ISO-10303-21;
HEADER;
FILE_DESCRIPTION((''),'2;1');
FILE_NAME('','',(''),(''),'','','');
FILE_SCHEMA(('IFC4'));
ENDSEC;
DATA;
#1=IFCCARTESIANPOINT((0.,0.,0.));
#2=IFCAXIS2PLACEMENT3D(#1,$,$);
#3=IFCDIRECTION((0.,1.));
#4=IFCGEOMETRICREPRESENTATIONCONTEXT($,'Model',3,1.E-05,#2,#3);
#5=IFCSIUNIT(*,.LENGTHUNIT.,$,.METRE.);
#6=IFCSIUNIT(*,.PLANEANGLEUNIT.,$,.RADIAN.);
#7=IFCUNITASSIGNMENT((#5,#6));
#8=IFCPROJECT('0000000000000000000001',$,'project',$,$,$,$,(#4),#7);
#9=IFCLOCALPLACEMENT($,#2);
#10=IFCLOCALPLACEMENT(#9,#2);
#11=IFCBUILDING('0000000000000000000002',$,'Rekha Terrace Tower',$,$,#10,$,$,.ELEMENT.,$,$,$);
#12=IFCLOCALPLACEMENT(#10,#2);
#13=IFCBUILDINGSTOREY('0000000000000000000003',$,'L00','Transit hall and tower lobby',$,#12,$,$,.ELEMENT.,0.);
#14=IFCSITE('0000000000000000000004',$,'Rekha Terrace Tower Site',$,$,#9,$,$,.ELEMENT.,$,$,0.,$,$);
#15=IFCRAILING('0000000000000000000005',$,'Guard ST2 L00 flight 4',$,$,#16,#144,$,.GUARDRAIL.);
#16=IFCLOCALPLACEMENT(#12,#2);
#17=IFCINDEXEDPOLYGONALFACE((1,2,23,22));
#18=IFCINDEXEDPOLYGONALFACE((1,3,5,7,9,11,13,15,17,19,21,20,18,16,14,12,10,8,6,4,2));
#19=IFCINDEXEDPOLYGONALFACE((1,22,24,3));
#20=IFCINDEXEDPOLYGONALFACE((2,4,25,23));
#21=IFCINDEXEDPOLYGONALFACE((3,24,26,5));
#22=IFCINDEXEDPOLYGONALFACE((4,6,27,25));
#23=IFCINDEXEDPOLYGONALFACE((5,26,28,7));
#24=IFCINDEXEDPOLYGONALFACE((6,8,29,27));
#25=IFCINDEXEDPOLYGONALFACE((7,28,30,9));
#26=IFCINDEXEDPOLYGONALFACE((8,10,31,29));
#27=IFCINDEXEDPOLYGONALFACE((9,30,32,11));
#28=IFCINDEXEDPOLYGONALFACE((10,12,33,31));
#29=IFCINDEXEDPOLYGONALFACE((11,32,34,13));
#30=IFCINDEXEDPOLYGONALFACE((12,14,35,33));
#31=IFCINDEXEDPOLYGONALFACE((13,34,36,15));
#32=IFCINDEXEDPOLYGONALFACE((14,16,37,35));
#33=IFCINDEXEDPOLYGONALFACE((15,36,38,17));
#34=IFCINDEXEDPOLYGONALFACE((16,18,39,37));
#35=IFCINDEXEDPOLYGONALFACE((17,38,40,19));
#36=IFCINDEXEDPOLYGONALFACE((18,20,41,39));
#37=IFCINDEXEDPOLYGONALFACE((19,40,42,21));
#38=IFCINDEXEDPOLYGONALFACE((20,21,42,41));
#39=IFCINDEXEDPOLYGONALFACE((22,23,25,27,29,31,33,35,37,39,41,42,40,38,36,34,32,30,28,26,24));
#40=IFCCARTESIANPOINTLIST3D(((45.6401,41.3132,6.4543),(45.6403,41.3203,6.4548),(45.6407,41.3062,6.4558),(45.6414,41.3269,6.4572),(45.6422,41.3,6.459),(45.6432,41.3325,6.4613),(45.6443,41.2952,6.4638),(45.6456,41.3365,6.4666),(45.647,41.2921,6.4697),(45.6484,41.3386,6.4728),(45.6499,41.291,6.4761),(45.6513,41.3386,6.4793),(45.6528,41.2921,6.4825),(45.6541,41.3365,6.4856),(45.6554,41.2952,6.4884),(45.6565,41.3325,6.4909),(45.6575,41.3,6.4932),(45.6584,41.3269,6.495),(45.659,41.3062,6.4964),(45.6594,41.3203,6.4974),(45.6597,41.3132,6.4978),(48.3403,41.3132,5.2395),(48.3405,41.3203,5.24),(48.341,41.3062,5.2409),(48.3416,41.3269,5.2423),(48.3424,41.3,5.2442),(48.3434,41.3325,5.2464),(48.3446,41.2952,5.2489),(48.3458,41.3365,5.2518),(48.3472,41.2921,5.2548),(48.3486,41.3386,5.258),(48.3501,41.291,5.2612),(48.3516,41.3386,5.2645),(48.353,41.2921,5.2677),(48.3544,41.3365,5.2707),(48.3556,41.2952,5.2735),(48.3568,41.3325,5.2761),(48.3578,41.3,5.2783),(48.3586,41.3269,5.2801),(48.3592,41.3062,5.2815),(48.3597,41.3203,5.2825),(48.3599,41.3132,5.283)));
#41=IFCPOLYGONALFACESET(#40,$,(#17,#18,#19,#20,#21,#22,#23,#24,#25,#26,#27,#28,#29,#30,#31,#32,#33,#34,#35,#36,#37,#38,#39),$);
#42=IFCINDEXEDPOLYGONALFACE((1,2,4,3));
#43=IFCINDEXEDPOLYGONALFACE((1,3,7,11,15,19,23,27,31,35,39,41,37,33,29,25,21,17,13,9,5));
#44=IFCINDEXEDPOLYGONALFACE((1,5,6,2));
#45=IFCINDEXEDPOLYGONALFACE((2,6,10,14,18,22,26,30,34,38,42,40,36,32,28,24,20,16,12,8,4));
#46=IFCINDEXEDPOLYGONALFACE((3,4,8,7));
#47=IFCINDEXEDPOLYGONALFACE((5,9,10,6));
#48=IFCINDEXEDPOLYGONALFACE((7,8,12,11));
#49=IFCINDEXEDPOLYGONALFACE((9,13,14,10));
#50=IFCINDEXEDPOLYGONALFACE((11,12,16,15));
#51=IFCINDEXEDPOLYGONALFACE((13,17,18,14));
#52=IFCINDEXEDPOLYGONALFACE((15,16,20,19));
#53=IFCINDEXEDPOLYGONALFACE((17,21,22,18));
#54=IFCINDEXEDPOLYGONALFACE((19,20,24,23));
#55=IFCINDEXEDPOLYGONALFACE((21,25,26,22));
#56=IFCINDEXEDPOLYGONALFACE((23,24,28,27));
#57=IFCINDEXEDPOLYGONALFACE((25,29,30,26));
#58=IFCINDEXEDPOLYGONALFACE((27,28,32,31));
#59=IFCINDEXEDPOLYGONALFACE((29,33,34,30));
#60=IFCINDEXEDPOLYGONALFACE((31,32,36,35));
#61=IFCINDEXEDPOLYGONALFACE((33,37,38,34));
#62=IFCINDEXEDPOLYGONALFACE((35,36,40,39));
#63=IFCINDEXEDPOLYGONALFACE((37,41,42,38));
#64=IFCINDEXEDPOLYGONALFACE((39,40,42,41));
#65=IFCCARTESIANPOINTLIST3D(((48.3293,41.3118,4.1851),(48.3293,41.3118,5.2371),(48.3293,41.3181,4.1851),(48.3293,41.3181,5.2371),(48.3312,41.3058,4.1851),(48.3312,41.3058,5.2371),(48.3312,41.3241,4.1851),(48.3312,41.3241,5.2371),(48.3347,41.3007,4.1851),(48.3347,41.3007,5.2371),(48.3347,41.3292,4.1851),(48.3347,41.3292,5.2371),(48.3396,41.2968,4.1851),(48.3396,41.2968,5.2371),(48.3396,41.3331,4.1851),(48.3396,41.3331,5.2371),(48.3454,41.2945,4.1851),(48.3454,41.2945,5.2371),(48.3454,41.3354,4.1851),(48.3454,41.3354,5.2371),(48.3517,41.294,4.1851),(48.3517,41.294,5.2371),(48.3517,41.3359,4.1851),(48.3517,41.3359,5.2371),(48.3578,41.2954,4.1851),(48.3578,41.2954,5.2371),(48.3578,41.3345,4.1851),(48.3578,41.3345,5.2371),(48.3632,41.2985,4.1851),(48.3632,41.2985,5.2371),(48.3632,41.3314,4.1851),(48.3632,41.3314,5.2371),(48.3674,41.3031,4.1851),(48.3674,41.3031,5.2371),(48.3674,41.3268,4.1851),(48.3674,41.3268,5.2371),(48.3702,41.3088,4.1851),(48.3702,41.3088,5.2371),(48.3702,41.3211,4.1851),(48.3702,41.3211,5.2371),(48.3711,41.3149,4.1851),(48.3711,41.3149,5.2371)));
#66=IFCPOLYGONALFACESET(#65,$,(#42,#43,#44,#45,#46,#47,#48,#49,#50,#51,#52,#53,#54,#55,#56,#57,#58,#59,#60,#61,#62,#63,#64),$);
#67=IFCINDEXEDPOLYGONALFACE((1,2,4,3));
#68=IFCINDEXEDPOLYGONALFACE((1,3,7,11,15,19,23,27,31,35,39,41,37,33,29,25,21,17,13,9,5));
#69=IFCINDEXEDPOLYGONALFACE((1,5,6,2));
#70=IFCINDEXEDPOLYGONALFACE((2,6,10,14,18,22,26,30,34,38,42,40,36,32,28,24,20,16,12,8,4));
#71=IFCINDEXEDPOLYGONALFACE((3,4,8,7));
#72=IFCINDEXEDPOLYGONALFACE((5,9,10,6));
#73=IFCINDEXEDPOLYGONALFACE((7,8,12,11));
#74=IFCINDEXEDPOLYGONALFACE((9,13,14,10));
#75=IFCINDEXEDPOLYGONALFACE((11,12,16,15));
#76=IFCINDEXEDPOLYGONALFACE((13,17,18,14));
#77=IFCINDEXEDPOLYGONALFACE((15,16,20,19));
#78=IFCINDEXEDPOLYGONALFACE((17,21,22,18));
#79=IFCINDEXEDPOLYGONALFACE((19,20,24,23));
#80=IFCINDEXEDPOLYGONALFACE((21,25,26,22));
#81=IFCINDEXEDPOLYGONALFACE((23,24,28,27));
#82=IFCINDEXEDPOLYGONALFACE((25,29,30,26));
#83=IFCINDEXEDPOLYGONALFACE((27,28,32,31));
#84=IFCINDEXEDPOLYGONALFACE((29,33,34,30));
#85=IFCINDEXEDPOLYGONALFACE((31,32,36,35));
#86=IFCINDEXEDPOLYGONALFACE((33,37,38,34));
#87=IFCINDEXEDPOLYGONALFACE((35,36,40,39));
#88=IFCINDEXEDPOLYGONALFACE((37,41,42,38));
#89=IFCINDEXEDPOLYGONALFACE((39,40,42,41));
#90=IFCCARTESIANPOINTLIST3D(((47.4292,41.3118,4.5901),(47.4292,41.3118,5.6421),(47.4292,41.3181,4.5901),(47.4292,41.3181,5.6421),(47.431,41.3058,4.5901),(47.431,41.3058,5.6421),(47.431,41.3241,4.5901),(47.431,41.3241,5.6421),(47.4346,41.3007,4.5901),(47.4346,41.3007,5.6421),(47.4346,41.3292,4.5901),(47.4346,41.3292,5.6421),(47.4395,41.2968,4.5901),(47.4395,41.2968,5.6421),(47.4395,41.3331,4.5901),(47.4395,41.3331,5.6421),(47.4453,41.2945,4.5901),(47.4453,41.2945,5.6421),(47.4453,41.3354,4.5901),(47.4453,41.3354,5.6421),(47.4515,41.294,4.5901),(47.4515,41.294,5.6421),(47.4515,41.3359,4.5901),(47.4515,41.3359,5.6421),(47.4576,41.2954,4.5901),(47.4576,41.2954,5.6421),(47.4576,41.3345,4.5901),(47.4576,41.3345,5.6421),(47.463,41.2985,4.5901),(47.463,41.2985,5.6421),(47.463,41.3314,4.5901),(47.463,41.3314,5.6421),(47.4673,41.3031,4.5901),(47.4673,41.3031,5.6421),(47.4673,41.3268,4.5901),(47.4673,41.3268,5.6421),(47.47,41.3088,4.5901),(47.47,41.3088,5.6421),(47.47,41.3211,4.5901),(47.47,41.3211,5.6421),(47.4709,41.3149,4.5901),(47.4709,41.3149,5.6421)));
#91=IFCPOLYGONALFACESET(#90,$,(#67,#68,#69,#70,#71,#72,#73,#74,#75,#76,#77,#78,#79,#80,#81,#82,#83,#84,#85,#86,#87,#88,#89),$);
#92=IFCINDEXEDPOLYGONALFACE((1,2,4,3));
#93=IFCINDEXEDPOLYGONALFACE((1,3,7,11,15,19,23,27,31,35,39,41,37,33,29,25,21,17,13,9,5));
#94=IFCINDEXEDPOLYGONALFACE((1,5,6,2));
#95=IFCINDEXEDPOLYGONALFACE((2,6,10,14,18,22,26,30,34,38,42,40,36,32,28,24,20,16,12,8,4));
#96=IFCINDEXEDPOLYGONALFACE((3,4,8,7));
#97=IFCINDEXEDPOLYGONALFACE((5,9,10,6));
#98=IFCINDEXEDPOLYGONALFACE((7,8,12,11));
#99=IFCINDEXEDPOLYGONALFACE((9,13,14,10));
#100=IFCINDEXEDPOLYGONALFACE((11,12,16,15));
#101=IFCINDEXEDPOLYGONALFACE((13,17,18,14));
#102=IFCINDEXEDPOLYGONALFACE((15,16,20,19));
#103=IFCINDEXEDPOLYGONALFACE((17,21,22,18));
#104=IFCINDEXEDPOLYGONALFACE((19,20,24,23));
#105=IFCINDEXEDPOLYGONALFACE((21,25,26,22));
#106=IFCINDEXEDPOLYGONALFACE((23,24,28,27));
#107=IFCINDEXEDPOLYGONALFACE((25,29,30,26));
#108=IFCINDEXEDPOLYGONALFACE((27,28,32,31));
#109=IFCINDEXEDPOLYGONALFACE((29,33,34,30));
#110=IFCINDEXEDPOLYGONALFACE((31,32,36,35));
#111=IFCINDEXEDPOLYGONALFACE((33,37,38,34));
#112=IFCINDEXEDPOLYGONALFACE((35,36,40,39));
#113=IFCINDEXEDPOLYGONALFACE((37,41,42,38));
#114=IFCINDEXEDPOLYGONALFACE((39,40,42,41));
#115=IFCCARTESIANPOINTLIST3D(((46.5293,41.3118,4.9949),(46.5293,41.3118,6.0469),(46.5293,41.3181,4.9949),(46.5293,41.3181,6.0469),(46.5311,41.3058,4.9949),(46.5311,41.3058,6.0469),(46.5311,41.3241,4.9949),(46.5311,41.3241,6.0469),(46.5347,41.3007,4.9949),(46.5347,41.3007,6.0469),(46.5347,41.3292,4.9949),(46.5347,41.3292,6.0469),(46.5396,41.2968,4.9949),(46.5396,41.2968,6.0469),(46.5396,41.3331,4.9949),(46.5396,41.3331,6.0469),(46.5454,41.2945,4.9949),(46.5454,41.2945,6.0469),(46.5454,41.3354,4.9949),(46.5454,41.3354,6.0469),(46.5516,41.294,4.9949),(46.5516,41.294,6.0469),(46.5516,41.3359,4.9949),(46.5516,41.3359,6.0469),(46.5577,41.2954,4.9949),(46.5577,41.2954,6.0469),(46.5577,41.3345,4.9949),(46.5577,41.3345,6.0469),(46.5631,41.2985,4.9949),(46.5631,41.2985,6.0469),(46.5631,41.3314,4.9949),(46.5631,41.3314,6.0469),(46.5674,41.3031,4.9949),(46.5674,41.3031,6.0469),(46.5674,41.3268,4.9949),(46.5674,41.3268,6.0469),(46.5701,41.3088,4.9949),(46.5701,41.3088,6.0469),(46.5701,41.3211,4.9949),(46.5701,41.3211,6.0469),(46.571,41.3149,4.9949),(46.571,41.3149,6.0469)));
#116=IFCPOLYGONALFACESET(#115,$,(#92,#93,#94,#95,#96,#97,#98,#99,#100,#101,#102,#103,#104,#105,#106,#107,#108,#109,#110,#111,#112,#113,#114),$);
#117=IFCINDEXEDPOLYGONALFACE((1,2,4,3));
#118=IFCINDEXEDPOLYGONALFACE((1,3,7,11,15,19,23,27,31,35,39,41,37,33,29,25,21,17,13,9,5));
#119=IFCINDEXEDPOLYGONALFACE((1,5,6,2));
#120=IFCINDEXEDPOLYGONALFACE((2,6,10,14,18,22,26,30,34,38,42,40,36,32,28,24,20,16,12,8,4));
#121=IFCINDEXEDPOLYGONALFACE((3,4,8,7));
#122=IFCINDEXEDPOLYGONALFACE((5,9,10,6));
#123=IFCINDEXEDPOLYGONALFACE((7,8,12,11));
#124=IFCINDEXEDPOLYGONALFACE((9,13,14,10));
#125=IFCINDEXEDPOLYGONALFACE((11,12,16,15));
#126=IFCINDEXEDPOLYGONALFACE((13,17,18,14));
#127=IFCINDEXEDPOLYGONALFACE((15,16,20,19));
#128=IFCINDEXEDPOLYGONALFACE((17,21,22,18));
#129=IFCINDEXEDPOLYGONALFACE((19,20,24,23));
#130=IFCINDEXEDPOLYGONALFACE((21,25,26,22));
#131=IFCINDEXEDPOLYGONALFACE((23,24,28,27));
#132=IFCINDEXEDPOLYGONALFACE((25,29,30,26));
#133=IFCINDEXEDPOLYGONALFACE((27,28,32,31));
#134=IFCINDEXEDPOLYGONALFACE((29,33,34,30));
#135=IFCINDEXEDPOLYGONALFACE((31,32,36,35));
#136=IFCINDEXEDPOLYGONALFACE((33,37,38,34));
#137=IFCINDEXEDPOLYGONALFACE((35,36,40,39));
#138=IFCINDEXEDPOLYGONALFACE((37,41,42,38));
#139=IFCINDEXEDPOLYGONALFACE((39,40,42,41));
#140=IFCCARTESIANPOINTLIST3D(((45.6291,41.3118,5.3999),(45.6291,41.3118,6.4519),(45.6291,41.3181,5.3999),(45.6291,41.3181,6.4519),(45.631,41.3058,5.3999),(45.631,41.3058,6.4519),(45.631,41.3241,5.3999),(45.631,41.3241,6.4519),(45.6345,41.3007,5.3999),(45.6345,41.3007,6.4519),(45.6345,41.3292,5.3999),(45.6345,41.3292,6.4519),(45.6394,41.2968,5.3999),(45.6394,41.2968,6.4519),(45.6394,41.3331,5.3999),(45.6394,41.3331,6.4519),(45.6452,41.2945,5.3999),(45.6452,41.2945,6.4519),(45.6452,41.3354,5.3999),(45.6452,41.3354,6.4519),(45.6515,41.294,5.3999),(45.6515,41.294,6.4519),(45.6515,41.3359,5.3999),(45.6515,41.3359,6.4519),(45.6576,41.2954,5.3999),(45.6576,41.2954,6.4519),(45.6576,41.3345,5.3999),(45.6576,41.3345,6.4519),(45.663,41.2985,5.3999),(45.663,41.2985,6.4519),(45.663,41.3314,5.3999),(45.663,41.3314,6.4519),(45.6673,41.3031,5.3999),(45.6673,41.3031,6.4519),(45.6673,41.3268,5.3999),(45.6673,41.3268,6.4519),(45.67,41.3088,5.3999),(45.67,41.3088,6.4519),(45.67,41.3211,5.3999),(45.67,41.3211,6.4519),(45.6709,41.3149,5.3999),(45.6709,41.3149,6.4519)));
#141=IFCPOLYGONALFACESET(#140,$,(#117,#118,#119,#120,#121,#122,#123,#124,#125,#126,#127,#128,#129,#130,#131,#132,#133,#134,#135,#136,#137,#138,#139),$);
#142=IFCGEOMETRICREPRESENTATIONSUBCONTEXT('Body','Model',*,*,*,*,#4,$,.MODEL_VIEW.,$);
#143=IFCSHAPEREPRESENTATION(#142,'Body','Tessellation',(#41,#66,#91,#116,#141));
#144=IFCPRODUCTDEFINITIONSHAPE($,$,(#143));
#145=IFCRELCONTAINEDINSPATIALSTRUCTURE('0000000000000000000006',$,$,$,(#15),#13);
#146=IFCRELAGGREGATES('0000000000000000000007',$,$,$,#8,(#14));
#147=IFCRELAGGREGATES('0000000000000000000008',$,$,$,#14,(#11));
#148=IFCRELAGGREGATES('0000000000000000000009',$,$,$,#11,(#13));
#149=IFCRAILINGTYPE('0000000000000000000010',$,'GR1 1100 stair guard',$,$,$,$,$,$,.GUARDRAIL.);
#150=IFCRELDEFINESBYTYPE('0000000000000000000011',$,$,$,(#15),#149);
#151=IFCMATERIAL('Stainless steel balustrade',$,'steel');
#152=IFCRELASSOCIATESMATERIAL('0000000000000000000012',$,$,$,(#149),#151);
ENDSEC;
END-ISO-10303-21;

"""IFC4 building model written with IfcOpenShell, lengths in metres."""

from ifc_helpers import new_model, si_unit, direction, frame, origin, origin_2d, place, context, subcontext, project, spatial, circle, extrude, material, type_object, element, save


model = new_model("IFC4")

# Units and contexts
model_context = context("Model", 3, precision=1e-05, world=origin(), true_north=direction((0.0, 1.0)))
body_context = subcontext(model_context, "Body", "Model", "MODEL_VIEW")
ifc_project = project(units=[si_unit("LENGTHUNIT", "METRE"), si_unit("PLANEANGLEUNIT", "RADIAN")], contexts=[model_context])

# Site, building, storey
site_placement = place(None, origin())
site = spatial("IfcSite", under=ifc_project, at=site_placement, Name="Rekha Terrace Tower Site", CompositionType="ELEMENT", RefElevation=0.0)
building_placement = place(site_placement, origin())
building = spatial("IfcBuilding", under=site, at=building_placement, Name="Rekha Terrace Tower", CompositionType="ELEMENT")
storey_placement = place(building_placement, origin())
storey = spatial("IfcBuildingStorey", under=building, at=storey_placement, Name="L00", Description="Transit hall and tower lobby", CompositionType="ELEMENT", Elevation=0.0)

# Railing
ifc_material_1 = material(Name="Stainless steel balustrade", Category="steel")
railing_type_1 = type_object("IfcRailingType", Name="GR1 1100 stair guard", PredefinedType="GUARDRAIL", material=ifc_material_1)
railing_1_placement = place(storey_placement, frame((48.3501, 41.3149, 4.1851)))
element("IfcRailing", 1, at=railing_1_placement, inside=storey, type_object=railing_type_1, Name="Guard ST2 L00 flight 4", PredefinedType="GUARDRAIL", context=body_context, shape_type="SweptSolid", body=[
    extrude(circle(Radius=0.0239, at=origin_2d()), frame((0.0, 0.0, 1.0762), z_axis=(-0.911952, 0.0, 0.410296), x_axis=(0.0, -1.0, 0.0)), (0.0, 0.0, 1.0), 2.9609),
    extrude(circle(Radius=0.021, at=origin_2d()), origin(), (0.0, 0.0, 1.0), 1.052),
    extrude(circle(Radius=0.021, at=origin_2d()), frame((-0.9001, 0.0, 0.405)), (0.0, 0.0, 1.0), 1.052),
    extrude(circle(Radius=0.021, at=origin_2d()), frame((-1.8, 0.0, 0.8098)), (0.0, 0.0, 1.0), 1.052),
    extrude(circle(Radius=0.021, at=origin_2d()), frame((-2.7002, 0.0, 1.2148)), (0.0, 0.0, 1.0), 1.052),
])

save(model, "model.ifc")
